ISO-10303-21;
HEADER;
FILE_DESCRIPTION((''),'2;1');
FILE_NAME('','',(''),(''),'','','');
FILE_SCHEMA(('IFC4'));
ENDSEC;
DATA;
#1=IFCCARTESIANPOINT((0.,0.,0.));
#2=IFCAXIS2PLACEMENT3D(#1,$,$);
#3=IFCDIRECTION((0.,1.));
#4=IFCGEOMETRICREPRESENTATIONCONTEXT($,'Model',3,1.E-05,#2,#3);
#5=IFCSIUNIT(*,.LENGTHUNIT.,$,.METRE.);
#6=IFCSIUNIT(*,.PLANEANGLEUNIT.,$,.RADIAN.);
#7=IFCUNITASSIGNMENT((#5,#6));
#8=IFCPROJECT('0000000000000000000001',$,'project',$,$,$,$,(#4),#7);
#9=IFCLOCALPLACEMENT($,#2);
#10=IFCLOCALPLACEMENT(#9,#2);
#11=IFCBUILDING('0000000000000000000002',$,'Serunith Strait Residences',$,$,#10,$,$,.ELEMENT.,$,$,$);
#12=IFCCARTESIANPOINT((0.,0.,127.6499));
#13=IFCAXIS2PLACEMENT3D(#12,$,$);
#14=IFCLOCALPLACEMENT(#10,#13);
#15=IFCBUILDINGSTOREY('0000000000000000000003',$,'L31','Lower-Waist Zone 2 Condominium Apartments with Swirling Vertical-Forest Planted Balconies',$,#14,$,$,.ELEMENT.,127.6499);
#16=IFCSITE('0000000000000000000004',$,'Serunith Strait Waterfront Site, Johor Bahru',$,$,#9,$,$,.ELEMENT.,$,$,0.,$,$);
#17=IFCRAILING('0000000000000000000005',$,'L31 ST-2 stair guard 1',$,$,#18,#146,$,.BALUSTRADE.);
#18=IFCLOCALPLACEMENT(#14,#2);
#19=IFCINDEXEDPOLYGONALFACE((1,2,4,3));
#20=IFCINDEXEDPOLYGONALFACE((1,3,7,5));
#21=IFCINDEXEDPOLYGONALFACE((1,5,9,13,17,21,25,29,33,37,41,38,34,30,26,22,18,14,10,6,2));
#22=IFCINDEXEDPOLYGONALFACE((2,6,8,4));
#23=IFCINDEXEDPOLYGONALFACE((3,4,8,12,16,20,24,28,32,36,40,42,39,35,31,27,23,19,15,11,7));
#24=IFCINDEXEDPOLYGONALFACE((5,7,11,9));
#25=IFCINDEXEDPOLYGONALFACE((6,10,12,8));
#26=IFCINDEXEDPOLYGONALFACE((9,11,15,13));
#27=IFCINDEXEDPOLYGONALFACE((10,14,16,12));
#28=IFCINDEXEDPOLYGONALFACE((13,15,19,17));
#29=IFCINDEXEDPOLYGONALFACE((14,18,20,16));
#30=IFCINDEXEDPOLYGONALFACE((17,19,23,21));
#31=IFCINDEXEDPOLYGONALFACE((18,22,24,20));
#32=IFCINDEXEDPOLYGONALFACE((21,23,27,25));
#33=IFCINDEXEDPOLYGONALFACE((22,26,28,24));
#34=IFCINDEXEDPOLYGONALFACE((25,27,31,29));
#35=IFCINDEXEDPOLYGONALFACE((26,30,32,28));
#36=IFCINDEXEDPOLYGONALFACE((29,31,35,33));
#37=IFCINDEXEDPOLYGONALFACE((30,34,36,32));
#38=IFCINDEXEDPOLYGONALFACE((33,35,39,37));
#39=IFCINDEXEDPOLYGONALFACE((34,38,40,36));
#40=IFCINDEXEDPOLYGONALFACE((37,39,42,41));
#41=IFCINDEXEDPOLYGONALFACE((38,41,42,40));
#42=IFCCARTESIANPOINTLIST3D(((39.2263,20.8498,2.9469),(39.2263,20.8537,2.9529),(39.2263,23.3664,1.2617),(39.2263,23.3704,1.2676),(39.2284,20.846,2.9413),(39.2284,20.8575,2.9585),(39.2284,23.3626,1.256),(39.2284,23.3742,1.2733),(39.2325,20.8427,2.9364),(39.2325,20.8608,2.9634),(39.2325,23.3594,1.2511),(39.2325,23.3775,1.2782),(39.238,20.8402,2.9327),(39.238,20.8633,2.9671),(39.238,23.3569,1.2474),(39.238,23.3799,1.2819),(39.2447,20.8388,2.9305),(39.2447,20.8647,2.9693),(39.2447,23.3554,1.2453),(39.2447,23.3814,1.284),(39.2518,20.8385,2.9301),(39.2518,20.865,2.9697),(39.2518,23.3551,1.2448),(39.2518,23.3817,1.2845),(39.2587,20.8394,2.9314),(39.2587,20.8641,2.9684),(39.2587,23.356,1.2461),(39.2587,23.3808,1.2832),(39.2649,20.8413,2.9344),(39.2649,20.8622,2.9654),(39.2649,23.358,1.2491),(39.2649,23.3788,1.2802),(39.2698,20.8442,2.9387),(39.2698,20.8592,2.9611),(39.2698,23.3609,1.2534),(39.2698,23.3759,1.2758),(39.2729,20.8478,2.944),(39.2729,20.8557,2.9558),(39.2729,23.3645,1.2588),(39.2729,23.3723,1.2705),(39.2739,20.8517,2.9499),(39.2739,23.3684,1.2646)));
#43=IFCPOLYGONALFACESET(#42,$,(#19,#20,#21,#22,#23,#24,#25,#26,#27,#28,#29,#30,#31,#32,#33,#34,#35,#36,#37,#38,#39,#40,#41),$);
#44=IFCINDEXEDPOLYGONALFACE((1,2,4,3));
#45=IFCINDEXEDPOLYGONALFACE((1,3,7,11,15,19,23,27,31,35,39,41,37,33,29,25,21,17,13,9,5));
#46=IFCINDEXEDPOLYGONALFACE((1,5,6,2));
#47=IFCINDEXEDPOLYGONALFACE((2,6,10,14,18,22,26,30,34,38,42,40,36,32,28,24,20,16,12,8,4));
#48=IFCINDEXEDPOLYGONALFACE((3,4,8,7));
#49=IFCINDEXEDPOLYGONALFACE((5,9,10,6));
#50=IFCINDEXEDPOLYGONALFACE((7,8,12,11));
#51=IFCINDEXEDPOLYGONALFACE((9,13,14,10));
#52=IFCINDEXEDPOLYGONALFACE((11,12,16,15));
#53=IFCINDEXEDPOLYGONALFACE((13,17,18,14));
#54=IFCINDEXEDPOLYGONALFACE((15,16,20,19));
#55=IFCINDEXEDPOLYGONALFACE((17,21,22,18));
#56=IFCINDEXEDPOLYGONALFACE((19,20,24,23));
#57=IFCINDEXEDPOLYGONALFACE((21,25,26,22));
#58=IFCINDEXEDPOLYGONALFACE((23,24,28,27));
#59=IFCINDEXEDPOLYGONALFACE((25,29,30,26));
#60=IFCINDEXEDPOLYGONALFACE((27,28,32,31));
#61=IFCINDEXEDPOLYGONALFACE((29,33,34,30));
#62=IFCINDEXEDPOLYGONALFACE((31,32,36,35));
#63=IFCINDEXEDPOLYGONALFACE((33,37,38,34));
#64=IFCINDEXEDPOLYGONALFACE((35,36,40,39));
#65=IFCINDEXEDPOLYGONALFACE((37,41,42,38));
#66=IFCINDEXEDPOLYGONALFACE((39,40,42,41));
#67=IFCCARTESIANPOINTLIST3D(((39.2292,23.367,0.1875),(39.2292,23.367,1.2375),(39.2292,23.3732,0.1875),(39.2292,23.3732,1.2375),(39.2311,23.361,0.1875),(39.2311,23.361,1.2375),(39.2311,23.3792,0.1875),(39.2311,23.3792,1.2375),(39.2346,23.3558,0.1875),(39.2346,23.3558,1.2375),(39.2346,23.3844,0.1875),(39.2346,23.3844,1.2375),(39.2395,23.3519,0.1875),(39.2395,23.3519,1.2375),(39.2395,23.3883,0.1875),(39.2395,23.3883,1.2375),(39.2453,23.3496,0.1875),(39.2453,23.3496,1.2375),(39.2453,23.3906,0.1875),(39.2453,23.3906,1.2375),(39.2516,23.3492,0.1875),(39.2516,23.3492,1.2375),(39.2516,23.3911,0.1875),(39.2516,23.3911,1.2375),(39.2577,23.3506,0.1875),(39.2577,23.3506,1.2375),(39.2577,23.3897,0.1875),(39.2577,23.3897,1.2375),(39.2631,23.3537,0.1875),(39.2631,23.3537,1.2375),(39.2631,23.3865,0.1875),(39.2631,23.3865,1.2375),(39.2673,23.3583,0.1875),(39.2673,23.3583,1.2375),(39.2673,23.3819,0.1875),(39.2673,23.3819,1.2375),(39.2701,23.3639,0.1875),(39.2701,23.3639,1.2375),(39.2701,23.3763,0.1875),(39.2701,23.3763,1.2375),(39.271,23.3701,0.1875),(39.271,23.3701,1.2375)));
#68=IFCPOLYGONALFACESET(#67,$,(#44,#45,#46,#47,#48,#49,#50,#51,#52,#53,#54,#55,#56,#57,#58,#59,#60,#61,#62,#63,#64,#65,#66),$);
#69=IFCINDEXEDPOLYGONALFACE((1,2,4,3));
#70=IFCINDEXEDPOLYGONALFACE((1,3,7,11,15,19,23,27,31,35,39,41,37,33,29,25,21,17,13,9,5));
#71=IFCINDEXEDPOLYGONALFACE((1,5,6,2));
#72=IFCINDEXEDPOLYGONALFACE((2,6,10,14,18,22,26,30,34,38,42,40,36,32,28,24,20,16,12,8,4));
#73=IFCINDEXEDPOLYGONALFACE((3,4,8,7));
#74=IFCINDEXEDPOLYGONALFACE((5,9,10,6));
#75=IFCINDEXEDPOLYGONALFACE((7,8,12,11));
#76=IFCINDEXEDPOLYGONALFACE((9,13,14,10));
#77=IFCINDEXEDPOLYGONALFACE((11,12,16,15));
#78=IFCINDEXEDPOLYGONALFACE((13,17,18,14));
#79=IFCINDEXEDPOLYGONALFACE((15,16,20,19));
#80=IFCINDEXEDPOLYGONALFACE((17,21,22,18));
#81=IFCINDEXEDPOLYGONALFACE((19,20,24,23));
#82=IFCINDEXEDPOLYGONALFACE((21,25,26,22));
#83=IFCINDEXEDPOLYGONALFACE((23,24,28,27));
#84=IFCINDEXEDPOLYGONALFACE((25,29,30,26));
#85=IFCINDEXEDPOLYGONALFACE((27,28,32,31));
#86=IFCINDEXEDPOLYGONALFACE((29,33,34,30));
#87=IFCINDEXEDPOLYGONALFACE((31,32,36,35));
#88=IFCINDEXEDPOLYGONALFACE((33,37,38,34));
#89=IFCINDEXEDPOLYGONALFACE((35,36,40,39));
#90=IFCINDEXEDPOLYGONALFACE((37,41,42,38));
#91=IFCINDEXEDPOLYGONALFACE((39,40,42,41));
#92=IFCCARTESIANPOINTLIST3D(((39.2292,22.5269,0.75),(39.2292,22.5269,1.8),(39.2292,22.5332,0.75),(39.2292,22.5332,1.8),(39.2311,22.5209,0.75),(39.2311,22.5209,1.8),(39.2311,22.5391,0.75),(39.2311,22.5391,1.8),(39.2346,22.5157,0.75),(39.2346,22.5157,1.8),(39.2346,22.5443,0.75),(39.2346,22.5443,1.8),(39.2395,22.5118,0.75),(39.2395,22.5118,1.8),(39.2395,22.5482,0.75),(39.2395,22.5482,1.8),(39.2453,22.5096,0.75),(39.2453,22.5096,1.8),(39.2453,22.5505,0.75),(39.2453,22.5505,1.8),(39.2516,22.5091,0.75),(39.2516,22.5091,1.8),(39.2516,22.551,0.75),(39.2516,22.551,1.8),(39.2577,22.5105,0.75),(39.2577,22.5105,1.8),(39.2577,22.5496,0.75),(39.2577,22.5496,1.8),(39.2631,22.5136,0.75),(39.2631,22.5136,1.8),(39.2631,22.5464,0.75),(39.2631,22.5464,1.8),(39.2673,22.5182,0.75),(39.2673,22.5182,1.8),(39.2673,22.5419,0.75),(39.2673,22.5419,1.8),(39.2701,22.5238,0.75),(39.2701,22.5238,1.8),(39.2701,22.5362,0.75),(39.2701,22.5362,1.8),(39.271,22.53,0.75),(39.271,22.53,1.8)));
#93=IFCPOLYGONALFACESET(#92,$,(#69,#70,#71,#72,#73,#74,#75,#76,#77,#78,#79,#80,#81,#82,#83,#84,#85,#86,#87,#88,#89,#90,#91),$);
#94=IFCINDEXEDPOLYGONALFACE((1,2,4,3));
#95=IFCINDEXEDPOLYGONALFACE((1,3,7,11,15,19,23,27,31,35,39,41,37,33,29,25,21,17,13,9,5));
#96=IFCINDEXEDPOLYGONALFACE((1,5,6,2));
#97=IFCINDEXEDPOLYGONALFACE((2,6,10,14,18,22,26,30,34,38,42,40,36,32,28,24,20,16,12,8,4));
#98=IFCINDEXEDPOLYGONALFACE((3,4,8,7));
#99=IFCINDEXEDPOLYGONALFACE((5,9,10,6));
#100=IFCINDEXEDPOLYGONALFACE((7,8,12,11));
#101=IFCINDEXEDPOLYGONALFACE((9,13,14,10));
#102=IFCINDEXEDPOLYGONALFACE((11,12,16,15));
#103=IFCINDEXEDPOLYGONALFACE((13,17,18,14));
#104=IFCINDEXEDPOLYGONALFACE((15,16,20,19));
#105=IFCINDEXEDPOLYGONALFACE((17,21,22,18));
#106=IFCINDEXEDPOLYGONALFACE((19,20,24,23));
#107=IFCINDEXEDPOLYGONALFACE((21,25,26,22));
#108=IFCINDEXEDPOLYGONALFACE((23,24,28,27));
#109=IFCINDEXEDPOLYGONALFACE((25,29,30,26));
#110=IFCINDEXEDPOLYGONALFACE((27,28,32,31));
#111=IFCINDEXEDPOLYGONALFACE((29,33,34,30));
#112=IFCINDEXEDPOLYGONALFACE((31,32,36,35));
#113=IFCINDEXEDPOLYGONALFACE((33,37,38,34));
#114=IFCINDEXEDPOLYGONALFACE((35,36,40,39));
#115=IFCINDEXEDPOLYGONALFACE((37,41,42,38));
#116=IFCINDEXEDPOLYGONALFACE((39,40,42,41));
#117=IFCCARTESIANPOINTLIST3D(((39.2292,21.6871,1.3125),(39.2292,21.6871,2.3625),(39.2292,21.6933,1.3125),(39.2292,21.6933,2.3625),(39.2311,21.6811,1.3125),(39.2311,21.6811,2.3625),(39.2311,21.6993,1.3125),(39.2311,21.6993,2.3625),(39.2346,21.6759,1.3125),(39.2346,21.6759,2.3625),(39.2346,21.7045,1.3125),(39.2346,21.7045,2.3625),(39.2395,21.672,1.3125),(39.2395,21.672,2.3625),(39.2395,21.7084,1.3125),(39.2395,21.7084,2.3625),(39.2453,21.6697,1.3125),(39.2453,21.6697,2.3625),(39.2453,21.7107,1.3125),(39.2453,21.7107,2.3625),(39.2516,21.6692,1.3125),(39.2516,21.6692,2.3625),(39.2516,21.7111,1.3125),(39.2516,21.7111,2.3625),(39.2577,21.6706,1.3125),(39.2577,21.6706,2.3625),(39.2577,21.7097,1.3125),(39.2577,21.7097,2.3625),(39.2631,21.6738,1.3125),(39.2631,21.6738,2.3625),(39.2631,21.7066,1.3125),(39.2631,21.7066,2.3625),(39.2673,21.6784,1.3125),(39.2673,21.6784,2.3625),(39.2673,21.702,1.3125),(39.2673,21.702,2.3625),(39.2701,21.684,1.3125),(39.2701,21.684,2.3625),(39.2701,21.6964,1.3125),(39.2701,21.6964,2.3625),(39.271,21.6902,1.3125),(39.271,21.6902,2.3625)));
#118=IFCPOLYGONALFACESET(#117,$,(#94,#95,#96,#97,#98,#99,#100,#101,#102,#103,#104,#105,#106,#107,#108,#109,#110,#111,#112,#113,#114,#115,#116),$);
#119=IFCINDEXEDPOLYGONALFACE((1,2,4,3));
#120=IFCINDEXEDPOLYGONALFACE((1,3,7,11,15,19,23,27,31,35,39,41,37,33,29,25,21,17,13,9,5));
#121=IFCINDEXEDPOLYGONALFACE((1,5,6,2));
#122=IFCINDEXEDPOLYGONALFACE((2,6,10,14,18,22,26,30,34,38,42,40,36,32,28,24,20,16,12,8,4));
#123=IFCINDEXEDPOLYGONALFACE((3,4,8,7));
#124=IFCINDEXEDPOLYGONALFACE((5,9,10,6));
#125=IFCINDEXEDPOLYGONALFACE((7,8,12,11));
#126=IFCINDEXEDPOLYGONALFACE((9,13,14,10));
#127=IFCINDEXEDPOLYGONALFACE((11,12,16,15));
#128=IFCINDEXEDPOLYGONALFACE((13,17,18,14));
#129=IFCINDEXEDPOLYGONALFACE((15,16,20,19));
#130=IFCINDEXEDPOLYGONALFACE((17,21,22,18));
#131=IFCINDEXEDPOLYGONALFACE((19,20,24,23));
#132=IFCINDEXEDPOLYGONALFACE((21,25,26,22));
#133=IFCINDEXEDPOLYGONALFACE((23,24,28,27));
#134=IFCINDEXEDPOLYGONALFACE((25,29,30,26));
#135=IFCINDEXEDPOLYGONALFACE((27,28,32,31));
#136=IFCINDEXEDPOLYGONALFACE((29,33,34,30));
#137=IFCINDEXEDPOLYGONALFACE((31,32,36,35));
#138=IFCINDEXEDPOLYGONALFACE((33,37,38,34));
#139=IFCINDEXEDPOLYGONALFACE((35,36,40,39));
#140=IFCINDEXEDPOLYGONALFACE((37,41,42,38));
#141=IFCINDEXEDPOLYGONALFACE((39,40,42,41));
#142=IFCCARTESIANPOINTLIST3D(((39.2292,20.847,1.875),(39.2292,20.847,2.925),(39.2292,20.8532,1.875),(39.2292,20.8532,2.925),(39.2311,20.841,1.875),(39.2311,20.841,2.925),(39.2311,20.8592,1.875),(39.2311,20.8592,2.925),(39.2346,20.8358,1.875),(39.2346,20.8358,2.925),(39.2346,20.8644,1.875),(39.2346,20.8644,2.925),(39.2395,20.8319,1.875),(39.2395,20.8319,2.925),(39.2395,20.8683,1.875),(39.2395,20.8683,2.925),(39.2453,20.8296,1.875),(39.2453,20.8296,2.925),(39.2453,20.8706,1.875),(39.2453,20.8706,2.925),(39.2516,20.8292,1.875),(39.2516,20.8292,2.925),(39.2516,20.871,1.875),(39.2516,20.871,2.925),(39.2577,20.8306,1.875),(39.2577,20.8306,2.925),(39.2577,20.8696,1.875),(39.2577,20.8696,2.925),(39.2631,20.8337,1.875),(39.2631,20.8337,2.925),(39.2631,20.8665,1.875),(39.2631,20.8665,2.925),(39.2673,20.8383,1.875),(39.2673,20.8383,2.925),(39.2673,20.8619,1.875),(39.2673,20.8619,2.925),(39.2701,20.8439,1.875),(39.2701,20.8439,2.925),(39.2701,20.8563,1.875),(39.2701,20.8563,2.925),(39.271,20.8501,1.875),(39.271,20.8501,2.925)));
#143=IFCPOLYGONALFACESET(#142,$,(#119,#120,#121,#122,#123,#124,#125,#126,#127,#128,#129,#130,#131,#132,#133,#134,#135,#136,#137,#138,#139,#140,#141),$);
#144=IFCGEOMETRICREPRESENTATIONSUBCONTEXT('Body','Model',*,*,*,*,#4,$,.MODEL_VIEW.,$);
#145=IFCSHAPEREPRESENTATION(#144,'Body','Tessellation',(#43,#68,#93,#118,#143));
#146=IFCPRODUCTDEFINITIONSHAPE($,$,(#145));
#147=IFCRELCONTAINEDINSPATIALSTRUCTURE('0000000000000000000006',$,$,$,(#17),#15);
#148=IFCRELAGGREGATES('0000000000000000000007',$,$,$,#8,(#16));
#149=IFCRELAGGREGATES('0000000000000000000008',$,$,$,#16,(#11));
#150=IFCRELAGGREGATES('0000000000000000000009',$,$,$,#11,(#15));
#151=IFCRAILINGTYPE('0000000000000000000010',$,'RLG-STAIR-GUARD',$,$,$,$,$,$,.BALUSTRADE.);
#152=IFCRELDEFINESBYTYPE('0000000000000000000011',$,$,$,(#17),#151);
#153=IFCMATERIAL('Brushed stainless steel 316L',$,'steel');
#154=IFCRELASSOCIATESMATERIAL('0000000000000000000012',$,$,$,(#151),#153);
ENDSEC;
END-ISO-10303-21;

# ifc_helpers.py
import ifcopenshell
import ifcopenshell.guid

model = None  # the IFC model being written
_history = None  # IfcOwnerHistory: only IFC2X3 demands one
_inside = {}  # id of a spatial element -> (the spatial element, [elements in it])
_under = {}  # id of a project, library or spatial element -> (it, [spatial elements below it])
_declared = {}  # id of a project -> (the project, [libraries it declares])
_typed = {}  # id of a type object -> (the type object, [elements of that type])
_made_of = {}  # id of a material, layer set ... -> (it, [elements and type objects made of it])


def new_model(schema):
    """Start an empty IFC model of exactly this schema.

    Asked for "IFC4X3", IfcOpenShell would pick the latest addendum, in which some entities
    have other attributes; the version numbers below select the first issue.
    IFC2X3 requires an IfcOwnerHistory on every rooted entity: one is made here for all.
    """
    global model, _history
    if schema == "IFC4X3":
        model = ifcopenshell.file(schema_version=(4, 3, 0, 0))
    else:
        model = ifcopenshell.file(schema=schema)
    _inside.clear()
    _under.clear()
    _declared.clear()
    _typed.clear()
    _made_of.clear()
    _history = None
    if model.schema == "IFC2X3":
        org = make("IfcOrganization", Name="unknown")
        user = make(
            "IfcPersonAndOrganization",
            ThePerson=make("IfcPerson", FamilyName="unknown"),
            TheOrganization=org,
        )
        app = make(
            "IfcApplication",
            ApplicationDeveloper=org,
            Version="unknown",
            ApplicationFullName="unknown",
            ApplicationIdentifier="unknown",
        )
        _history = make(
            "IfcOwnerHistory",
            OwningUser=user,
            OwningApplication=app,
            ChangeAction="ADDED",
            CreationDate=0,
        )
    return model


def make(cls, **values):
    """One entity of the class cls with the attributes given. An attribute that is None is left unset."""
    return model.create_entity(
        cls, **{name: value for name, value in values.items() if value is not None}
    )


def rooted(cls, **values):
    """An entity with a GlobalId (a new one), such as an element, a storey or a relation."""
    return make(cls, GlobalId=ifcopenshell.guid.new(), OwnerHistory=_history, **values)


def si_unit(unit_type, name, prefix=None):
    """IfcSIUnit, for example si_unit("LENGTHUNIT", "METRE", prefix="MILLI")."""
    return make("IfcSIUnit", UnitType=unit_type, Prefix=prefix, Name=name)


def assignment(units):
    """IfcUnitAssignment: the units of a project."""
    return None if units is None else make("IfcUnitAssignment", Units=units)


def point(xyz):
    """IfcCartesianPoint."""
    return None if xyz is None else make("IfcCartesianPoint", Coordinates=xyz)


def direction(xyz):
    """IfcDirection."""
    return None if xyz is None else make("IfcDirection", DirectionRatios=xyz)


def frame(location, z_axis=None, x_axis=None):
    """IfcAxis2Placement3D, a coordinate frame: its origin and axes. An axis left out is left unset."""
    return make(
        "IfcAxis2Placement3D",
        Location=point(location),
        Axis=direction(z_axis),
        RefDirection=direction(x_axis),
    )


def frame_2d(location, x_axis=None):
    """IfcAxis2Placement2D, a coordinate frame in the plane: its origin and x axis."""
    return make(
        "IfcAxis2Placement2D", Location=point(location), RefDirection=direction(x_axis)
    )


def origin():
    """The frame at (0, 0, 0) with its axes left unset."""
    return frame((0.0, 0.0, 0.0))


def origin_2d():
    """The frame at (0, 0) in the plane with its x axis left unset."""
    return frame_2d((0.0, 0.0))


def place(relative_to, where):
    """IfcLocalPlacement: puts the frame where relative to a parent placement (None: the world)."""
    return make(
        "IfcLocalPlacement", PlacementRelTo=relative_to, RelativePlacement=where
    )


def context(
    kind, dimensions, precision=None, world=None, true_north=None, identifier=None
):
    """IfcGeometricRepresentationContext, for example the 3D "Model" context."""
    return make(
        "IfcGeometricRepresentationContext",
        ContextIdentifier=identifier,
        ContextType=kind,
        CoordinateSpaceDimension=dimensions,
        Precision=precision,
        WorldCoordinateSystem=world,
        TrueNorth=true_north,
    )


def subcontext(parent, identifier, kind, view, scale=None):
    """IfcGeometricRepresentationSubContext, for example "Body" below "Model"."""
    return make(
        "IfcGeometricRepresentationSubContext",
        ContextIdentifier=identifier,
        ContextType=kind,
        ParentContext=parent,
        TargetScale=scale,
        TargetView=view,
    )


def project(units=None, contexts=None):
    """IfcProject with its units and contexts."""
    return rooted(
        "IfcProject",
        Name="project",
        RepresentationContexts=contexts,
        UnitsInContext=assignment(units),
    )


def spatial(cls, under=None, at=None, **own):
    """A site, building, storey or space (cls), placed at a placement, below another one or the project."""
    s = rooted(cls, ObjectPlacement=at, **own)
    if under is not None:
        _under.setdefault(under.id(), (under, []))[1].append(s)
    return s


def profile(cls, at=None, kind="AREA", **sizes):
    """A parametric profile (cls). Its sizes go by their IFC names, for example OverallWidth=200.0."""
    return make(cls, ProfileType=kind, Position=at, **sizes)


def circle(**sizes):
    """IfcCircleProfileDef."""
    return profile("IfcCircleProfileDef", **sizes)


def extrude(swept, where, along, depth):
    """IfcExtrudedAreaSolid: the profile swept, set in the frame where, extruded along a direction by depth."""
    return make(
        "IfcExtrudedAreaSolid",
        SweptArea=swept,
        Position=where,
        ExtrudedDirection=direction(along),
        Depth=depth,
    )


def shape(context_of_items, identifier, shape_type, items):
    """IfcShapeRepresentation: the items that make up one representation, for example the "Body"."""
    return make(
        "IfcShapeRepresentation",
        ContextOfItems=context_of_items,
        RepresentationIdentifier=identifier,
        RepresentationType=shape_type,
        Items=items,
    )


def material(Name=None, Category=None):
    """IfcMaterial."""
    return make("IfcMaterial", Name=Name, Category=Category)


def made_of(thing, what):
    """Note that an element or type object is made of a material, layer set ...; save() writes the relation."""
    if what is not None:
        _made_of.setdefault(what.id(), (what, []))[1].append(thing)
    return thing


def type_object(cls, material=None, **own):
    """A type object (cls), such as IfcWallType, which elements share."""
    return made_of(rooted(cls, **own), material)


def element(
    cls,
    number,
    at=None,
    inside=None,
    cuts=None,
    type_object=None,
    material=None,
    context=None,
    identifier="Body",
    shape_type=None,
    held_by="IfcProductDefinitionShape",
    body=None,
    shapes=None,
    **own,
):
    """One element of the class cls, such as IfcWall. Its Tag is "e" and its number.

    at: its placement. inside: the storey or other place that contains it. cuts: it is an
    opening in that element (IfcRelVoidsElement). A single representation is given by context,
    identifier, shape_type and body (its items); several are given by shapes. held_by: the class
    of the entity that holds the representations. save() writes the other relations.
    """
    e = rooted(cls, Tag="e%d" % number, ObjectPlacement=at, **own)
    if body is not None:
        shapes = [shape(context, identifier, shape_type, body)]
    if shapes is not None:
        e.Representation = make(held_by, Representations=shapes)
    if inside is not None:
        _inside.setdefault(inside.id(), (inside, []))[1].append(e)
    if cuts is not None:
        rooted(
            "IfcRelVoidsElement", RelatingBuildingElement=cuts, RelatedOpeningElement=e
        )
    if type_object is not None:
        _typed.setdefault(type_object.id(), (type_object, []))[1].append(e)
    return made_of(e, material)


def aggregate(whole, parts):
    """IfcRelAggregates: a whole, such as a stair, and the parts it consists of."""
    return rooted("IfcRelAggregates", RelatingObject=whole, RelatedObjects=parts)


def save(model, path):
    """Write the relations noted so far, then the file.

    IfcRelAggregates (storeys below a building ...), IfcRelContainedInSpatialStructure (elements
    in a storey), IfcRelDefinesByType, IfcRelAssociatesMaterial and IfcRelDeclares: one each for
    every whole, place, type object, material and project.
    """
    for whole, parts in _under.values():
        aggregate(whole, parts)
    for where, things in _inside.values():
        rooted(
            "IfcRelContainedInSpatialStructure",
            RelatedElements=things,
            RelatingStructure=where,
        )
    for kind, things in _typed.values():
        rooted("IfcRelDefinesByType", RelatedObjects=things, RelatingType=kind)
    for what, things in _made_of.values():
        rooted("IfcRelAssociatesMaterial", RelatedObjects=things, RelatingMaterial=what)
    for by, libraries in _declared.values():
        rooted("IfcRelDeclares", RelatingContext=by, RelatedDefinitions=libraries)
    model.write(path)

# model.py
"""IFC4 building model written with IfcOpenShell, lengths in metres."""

from ifc_helpers import new_model, si_unit, direction, frame, origin, origin_2d, place, context, subcontext, project, spatial, circle, extrude, material, type_object, element, save


model = new_model("IFC4")

# Units and contexts
model_context = context("Model", 3, precision=1e-05, world=origin(), true_north=direction((0.0, 1.0)))
body_context = subcontext(model_context, "Body", "Model", "MODEL_VIEW")
ifc_project = project(units=[si_unit("LENGTHUNIT", "METRE"), si_unit("PLANEANGLEUNIT", "RADIAN")], contexts=[model_context])

# Site, building, storey
site_placement = place(None, origin())
site = spatial("IfcSite", under=ifc_project, at=site_placement, Name="Serunith Strait Waterfront Site, Johor Bahru", CompositionType="ELEMENT", RefElevation=0.0)
building_placement = place(site_placement, origin())
building = spatial("IfcBuilding", under=site, at=building_placement, Name="Serunith Strait Residences", CompositionType="ELEMENT")
storey_placement = place(building_placement, frame((0.0, 0.0, 127.6499)))
storey = spatial("IfcBuildingStorey", under=building, at=storey_placement, Name="L31", Description="Lower-Waist Zone 2 Condominium Apartments with Swirling Vertical-Forest Planted Balconies", CompositionType="ELEMENT", Elevation=127.6499)

# Railing
ifc_material_1 = material(Name="Brushed stainless steel 316L", Category="steel")
railing_type_1 = type_object("IfcRailingType", Name="RLG-STAIR-GUARD", PredefinedType="BALUSTRADE", material=ifc_material_1)
railing_1_placement = place(storey_placement, frame((39.25, 23.3701, 0.1875)))
element("IfcRailing", 1, at=railing_1_placement, inside=storey, type_object=railing_type_1, Name="L31 ST-2 stair guard 1", PredefinedType="BALUSTRADE", context=body_context, shape_type="SweptSolid", body=[
    extrude(circle(Radius=0.0239, at=origin_2d()), frame((0.0, -0.0017, 1.0771), z_axis=(0.0, -0.830909, 0.556408), x_axis=(1.0, 0.0, 0.0)), (0.0, 0.0, 1.0), 3.0288),
    extrude(circle(Radius=0.021, at=origin_2d()), origin(), (0.0, 0.0, 1.0), 1.05),
    extrude(circle(Radius=0.021, at=origin_2d()), frame((0.0, -0.8401, 0.5625)), (0.0, 0.0, 1.0), 1.05),
    extrude(circle(Radius=0.021, at=origin_2d()), frame((0.0, -1.6799, 1.125)), (0.0, 0.0, 1.0), 1.05),
    extrude(circle(Radius=0.021, at=origin_2d()), frame((0.0, -2.52, 1.6875)), (0.0, 0.0, 1.0), 1.05),
])

save(model, "model.ifc")
